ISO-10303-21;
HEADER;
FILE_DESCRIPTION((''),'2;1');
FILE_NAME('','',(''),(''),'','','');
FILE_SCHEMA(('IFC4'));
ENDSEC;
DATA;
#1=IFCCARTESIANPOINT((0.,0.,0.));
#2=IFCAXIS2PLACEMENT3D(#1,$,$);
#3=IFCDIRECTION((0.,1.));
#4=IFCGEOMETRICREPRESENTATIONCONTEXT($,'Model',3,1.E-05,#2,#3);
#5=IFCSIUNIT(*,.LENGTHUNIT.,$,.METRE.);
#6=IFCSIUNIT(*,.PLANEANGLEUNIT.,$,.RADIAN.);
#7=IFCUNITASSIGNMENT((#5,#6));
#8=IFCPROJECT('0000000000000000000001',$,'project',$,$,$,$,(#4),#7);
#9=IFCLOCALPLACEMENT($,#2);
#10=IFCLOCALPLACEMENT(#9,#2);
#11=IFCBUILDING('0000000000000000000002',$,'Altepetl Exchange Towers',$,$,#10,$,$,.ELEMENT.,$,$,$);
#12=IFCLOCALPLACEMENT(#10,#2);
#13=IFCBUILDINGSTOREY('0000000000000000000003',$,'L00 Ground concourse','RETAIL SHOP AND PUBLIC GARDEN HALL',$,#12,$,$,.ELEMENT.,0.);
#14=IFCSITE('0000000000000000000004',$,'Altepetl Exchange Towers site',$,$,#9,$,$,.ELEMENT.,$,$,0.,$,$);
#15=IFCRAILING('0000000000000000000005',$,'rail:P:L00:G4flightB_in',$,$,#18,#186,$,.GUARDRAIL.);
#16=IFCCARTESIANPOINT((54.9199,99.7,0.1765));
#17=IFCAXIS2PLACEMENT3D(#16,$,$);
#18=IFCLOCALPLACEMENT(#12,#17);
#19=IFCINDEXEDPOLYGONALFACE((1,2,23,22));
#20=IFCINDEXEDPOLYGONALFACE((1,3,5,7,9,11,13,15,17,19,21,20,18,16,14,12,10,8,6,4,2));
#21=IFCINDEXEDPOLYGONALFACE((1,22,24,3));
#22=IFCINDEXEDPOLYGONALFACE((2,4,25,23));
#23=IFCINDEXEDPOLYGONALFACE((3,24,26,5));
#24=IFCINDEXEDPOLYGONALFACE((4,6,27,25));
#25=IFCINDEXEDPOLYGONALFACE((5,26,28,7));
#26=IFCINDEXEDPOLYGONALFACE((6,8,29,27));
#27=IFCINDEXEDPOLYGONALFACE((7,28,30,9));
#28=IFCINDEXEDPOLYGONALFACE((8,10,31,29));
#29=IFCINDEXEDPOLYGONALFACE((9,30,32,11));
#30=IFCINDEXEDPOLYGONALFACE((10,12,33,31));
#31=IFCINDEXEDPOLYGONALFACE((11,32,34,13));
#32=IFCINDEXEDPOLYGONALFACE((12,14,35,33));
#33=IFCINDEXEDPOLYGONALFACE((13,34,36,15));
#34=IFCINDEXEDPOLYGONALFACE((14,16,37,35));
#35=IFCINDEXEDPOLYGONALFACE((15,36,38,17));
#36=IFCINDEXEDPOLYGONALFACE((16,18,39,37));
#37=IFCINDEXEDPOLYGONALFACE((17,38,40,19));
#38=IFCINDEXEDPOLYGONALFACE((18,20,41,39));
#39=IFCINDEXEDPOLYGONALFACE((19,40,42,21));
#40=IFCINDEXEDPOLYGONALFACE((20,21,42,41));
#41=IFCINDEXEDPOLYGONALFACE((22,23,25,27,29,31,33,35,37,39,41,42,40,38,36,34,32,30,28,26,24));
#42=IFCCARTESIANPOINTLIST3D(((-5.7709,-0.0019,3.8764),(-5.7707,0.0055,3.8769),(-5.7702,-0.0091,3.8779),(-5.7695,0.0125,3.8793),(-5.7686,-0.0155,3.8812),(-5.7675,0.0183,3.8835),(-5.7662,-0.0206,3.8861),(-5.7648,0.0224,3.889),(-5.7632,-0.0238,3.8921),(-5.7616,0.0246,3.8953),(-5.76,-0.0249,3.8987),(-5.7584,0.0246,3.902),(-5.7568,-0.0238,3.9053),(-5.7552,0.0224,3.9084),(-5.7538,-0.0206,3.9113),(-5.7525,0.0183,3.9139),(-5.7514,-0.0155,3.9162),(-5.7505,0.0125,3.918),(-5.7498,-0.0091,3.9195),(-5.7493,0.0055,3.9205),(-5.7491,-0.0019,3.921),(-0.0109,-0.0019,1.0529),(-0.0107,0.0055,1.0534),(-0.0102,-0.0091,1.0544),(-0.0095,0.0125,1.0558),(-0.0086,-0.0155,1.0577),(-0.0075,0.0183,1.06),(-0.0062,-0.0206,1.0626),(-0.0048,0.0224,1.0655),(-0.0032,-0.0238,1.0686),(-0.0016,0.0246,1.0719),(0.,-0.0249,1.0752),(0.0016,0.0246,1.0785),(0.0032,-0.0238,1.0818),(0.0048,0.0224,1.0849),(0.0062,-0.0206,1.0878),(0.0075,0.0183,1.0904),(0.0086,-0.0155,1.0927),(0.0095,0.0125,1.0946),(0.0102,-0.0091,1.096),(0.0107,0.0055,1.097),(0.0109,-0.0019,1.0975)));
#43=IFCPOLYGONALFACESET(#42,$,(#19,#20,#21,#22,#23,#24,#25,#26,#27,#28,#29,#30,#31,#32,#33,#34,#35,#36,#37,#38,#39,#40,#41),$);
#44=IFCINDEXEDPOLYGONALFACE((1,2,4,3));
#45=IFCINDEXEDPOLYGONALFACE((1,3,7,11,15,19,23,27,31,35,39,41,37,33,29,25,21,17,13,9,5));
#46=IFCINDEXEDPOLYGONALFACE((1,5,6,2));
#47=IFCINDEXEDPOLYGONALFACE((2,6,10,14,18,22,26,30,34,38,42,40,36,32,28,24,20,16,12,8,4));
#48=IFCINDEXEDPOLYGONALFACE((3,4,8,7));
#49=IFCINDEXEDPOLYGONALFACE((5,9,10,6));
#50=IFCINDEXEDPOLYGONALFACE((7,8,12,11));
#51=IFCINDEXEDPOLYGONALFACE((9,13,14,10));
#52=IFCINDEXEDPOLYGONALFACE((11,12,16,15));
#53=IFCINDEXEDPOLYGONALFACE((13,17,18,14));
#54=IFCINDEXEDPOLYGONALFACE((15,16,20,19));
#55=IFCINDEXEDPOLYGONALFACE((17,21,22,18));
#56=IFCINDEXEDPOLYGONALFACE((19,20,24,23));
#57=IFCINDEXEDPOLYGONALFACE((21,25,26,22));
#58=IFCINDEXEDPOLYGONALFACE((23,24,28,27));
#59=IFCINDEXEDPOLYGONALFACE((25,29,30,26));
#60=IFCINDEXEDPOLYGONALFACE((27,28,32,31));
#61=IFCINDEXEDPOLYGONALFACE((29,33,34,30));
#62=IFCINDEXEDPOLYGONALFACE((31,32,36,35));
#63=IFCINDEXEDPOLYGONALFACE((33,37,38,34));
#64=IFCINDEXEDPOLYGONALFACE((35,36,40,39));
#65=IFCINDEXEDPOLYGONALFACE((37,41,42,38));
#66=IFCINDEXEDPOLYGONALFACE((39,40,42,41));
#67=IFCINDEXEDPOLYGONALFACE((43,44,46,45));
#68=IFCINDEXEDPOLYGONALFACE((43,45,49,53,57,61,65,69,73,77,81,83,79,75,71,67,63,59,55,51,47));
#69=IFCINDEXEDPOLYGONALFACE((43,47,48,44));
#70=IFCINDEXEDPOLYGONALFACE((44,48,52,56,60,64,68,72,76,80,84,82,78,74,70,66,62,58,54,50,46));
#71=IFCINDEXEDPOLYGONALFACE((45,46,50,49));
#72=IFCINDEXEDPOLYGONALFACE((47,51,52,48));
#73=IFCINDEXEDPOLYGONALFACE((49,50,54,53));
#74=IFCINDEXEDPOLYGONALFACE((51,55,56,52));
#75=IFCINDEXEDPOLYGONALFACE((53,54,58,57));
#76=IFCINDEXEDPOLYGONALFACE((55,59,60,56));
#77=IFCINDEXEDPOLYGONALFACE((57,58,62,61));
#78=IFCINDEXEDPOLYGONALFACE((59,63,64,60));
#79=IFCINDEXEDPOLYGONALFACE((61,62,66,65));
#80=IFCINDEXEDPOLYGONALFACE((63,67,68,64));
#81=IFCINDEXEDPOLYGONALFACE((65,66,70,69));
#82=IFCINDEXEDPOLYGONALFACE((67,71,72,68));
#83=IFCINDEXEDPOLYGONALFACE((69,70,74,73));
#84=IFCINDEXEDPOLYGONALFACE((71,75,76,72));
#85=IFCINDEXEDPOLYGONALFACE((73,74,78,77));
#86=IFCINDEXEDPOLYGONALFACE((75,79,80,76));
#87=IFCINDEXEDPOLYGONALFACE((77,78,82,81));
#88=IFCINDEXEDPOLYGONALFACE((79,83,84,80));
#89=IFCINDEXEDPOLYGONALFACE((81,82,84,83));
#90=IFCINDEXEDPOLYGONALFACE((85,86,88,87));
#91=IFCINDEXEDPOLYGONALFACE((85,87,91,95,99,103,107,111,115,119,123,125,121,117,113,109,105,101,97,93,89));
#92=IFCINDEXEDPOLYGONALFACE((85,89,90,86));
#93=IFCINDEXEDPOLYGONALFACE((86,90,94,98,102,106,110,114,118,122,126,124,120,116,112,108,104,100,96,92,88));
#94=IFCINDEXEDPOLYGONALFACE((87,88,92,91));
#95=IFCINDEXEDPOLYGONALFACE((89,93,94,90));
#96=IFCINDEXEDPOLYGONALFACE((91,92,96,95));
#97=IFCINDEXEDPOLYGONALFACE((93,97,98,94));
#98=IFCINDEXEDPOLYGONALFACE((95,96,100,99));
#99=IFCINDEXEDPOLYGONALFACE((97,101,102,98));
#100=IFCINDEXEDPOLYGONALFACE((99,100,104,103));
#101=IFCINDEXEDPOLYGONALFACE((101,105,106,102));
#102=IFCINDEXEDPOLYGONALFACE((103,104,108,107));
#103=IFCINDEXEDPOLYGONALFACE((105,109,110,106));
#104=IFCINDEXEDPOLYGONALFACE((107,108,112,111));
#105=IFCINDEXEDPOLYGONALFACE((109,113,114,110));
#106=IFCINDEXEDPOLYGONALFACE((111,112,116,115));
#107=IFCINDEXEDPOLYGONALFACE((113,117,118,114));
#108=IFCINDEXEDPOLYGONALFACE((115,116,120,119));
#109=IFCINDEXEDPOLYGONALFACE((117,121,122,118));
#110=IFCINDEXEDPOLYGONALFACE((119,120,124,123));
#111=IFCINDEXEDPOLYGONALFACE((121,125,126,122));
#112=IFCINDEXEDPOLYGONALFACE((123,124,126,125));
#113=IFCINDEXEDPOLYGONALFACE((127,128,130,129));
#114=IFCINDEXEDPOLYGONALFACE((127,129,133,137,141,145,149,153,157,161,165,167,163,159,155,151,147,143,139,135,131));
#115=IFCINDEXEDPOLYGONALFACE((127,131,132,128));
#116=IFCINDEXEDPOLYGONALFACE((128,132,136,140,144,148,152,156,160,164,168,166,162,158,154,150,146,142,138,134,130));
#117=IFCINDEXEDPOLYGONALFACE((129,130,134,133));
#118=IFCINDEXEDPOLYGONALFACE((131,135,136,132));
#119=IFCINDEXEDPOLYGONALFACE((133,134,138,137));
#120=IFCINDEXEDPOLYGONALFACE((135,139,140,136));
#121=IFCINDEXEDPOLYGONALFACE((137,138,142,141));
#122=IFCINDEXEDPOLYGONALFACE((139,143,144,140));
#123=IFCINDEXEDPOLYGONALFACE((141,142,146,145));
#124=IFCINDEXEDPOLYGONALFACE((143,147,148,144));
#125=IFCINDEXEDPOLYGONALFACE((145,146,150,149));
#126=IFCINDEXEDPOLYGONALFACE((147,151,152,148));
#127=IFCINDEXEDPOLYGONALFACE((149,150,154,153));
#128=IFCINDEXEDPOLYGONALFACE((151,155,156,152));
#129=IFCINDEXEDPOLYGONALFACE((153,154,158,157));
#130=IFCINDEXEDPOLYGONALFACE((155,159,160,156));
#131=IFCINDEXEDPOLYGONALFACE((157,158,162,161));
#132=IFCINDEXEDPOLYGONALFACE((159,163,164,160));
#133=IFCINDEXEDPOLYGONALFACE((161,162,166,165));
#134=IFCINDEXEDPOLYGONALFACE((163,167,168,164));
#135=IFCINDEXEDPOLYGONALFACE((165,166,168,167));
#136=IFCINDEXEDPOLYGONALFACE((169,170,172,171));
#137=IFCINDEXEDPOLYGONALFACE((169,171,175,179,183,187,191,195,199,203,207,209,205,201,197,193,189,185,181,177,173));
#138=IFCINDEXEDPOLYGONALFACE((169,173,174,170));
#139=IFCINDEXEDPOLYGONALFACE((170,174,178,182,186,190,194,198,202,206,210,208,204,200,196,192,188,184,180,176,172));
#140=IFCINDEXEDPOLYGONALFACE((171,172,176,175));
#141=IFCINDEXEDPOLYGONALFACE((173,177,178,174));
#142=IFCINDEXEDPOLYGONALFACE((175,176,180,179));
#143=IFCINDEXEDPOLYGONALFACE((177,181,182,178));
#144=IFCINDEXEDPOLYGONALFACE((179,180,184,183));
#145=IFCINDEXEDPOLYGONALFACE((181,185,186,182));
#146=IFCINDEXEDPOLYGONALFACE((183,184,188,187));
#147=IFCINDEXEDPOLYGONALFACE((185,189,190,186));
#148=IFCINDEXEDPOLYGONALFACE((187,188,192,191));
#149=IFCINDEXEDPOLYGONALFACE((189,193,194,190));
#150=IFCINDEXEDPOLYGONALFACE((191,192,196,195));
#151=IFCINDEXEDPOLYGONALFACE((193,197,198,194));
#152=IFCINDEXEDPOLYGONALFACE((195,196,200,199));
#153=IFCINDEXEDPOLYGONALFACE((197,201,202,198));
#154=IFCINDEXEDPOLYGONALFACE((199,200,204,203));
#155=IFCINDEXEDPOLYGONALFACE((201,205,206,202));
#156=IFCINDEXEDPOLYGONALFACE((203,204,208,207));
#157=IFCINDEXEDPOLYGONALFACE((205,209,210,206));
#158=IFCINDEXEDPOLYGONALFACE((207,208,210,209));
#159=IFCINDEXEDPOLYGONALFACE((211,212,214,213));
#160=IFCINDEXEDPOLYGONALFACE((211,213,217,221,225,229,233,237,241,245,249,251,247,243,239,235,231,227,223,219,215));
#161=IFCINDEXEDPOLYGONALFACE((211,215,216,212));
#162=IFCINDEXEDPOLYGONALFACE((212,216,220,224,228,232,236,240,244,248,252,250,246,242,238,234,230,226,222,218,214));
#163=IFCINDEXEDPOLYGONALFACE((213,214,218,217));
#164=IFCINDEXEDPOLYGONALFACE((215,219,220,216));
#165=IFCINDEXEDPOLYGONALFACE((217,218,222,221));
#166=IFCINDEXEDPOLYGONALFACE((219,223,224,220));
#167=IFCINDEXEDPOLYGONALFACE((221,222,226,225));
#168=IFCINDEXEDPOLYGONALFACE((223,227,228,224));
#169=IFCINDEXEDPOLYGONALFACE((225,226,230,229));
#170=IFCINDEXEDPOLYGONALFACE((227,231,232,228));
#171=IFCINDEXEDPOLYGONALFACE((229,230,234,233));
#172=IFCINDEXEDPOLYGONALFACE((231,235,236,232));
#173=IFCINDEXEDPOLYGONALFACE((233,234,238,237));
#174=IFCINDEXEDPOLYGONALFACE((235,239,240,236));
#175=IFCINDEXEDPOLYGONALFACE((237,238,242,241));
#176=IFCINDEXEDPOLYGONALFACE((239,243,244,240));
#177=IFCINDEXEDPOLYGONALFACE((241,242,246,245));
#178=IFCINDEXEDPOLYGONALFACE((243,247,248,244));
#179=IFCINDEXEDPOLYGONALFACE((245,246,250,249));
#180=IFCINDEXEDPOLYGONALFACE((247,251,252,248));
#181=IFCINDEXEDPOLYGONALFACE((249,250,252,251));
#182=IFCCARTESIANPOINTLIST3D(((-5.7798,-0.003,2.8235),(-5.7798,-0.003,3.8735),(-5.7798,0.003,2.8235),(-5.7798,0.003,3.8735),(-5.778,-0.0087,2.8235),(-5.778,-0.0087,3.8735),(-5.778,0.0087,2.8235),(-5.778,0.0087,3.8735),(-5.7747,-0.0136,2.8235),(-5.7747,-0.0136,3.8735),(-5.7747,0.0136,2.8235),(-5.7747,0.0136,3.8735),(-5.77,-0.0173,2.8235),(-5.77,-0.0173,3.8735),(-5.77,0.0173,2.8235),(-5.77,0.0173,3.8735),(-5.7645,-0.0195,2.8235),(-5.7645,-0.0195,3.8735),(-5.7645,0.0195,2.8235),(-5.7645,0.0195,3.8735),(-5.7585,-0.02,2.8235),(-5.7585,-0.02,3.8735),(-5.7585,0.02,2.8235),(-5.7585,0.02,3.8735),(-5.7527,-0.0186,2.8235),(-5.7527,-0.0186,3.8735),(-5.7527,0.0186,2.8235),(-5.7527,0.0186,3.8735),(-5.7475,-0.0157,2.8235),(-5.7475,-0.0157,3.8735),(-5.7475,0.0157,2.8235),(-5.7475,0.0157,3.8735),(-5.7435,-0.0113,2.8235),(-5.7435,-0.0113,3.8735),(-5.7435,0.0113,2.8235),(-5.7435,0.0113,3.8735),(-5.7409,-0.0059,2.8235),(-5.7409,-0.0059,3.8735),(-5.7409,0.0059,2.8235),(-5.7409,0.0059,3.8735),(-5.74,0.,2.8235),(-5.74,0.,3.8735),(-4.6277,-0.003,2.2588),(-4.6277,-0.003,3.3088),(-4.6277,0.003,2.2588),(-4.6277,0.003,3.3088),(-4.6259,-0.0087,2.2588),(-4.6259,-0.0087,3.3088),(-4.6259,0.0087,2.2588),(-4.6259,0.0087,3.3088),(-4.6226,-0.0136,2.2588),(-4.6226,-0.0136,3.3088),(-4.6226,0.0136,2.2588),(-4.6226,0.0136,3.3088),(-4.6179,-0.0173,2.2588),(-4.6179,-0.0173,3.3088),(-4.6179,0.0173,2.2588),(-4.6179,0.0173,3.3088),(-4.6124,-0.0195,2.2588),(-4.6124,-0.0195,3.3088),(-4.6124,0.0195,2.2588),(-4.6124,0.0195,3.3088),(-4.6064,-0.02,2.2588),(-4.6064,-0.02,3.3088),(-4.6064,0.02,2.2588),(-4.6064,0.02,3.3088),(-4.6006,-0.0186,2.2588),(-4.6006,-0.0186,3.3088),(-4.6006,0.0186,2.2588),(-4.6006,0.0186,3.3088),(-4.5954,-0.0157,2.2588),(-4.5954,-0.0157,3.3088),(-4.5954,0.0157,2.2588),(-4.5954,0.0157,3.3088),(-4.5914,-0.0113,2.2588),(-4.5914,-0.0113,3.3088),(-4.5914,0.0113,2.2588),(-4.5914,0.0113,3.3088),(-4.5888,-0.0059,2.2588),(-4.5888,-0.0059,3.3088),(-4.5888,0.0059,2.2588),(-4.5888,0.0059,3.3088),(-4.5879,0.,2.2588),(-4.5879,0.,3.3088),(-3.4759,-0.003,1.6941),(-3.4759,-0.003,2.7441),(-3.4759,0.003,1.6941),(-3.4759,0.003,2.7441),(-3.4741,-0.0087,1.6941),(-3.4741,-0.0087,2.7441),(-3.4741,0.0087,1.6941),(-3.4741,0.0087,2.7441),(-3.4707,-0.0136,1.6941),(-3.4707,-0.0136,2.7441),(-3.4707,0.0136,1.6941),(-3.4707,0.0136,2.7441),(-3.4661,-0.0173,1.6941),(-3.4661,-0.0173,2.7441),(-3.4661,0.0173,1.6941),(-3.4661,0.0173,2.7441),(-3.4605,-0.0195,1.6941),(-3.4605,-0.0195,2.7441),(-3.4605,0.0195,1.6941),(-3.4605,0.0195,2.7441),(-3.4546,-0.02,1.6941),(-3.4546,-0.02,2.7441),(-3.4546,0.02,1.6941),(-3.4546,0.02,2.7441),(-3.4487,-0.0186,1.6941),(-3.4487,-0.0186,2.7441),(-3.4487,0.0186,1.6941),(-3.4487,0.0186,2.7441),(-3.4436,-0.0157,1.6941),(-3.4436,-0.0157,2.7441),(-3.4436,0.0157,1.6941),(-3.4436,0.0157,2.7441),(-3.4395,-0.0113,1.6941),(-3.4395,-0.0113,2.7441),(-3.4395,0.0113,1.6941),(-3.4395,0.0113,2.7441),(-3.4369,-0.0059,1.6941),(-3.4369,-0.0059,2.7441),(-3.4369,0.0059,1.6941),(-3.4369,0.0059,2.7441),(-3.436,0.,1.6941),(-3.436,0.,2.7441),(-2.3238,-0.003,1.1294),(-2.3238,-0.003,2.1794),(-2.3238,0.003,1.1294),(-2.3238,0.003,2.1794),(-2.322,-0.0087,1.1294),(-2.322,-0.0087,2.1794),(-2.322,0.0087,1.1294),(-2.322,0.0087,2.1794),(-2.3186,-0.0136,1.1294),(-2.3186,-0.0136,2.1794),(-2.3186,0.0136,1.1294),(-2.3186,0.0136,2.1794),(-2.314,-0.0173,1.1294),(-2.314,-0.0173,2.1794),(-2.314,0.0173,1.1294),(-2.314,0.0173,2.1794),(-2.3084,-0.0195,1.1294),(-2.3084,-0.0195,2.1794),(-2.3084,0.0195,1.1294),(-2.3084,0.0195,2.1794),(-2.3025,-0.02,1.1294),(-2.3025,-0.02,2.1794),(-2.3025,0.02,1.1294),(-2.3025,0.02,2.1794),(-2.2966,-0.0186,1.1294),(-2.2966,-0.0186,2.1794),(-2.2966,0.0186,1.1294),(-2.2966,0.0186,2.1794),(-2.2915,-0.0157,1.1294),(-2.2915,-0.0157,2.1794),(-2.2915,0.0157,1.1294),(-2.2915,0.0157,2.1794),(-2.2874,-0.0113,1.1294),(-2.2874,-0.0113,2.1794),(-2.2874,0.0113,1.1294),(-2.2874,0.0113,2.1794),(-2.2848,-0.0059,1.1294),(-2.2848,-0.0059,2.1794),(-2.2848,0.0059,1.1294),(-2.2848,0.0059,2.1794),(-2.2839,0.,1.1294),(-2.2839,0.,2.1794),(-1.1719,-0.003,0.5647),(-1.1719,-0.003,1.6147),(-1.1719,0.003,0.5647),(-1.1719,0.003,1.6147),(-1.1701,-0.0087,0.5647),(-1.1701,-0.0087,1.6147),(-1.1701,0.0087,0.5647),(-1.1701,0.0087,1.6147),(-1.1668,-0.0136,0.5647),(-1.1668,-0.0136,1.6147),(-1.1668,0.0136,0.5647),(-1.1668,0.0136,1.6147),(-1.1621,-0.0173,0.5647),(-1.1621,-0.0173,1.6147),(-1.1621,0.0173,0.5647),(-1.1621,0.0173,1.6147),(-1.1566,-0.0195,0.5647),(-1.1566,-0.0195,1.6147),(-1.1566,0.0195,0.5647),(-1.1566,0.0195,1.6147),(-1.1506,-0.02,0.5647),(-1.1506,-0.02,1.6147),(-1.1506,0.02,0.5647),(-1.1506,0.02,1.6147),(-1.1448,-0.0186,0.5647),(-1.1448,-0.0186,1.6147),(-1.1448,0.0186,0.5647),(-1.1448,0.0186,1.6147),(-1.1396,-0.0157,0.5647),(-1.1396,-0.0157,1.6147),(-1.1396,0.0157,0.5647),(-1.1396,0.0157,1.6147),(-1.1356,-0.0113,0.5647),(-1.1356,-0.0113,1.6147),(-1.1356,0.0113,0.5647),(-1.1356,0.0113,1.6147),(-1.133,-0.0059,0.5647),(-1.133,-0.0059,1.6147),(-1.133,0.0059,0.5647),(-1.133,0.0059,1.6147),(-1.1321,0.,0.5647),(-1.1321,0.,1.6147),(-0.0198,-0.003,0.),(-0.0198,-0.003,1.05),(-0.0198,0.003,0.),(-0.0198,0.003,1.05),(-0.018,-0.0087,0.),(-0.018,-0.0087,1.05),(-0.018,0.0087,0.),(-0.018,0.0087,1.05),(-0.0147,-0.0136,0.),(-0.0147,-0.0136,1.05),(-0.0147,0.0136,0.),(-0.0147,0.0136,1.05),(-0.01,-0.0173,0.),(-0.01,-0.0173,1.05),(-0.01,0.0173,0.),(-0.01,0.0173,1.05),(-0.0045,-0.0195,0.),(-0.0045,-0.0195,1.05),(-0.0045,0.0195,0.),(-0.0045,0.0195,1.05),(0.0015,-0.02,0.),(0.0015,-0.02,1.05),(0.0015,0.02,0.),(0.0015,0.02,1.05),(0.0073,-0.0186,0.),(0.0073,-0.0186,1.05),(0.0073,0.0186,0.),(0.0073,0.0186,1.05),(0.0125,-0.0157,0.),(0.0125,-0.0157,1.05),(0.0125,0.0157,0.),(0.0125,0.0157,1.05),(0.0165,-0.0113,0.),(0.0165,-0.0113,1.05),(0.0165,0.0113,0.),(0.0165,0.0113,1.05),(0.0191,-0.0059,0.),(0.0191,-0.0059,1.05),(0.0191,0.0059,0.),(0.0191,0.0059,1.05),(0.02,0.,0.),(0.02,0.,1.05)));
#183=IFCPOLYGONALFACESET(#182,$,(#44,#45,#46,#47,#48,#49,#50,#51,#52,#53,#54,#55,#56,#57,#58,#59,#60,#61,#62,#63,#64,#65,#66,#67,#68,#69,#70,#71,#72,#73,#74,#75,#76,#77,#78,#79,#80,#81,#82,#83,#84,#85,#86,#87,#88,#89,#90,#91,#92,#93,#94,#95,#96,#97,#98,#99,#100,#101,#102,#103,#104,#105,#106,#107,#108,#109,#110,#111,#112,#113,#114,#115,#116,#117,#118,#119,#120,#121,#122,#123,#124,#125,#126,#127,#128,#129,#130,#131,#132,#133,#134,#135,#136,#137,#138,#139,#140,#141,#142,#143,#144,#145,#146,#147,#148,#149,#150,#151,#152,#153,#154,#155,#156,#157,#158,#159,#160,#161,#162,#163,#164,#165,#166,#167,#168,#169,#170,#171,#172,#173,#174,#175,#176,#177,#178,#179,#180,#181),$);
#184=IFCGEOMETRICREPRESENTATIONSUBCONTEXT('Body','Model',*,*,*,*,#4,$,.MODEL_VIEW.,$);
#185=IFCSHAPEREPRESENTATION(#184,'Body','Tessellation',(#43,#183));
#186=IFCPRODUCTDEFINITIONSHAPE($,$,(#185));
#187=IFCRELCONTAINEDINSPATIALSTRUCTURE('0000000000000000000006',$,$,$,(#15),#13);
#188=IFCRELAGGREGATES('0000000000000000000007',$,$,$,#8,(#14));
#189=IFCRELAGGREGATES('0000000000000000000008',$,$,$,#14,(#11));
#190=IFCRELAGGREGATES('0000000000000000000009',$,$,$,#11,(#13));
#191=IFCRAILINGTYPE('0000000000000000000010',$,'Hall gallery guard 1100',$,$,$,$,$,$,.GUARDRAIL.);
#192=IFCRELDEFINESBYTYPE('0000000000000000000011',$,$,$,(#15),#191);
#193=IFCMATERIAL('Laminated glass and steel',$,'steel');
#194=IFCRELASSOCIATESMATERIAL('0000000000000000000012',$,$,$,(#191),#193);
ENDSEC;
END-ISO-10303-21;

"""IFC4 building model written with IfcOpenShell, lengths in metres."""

from ifc_helpers import new_model, si_unit, direction, frame, origin, origin_2d, place, context, subcontext, project, spatial, circle, extrude, source, transform, mapped, material, type_object, element, save


model = new_model("IFC4")

# Units and contexts
model_context = context("Model", 3, precision=1e-05, world=origin(), true_north=direction((0.0, 1.0)))
body_context = subcontext(model_context, "Body", "Model", "MODEL_VIEW")
ifc_project = project(units=[si_unit("LENGTHUNIT", "METRE"), si_unit("PLANEANGLEUNIT", "RADIAN")], contexts=[model_context])

# Site, building, storey
site_placement = place(None, origin())
site = spatial("IfcSite", under=ifc_project, at=site_placement, Name="Altepetl Exchange Towers site", CompositionType="ELEMENT", RefElevation=0.0)
building_placement = place(site_placement, origin())
building = spatial("IfcBuilding", under=site, at=building_placement, Name="Altepetl Exchange Towers", CompositionType="ELEMENT")
storey_placement = place(building_placement, origin())
storey = spatial("IfcBuildingStorey", under=building, at=storey_placement, Name="L00 Ground concourse", Description="RETAIL SHOP AND PUBLIC GARDEN HALL", CompositionType="ELEMENT", Elevation=0.0)

# Railing
ifc_material_1 = material(Name="Laminated glass and steel", Category="steel")
railing_type_1 = type_object("IfcRailingType", Name="Hall gallery guard 1100", PredefinedType="GUARDRAIL", material=ifc_material_1)
shared_shape_1 = source(origin(), body_context, "Body", "SweptSolid", [
    extrude(circle(Radius=0.02, at=origin_2d()), origin(), (0.0, 0.0, 1.0), 1.05),
])
for number, where, name in (
    (1, (54.9199, 99.7, 0.1765), "rail:P:L00:G4flightB_in"),
):
    element("IfcRailing", number, at=place(storey_placement, frame(where)), inside=storey, type_object=railing_type_1, Name=name, PredefinedType="GUARDRAIL", context=body_context, shape_type="SweptSolid", body=[
        extrude(circle(Radius=0.0249, at=origin_2d()), frame((0.0, 0.0, 1.0752), z_axis=(-0.897924, 0.0, 0.440151), x_axis=(0.0, -1.0, 0.0)), (0.0, 0.0, 1.0), 6.4148),
        mapped(shared_shape_1, transform((0.0, 0.0, 0.0))),
        mapped(shared_shape_1, transform((-1.1521, 0.0, 0.5647))),
        mapped(shared_shape_1, transform((-2.304, 0.0, 1.1294))),
        mapped(shared_shape_1, transform((-3.4561, 0.0, 1.6941))),
        mapped(shared_shape_1, transform((-4.6079, 0.0, 2.2588))),
        mapped(shared_shape_1, transform((-5.76, 0.0, 2.8235))),
    ])

save(model, "model.ifc")
